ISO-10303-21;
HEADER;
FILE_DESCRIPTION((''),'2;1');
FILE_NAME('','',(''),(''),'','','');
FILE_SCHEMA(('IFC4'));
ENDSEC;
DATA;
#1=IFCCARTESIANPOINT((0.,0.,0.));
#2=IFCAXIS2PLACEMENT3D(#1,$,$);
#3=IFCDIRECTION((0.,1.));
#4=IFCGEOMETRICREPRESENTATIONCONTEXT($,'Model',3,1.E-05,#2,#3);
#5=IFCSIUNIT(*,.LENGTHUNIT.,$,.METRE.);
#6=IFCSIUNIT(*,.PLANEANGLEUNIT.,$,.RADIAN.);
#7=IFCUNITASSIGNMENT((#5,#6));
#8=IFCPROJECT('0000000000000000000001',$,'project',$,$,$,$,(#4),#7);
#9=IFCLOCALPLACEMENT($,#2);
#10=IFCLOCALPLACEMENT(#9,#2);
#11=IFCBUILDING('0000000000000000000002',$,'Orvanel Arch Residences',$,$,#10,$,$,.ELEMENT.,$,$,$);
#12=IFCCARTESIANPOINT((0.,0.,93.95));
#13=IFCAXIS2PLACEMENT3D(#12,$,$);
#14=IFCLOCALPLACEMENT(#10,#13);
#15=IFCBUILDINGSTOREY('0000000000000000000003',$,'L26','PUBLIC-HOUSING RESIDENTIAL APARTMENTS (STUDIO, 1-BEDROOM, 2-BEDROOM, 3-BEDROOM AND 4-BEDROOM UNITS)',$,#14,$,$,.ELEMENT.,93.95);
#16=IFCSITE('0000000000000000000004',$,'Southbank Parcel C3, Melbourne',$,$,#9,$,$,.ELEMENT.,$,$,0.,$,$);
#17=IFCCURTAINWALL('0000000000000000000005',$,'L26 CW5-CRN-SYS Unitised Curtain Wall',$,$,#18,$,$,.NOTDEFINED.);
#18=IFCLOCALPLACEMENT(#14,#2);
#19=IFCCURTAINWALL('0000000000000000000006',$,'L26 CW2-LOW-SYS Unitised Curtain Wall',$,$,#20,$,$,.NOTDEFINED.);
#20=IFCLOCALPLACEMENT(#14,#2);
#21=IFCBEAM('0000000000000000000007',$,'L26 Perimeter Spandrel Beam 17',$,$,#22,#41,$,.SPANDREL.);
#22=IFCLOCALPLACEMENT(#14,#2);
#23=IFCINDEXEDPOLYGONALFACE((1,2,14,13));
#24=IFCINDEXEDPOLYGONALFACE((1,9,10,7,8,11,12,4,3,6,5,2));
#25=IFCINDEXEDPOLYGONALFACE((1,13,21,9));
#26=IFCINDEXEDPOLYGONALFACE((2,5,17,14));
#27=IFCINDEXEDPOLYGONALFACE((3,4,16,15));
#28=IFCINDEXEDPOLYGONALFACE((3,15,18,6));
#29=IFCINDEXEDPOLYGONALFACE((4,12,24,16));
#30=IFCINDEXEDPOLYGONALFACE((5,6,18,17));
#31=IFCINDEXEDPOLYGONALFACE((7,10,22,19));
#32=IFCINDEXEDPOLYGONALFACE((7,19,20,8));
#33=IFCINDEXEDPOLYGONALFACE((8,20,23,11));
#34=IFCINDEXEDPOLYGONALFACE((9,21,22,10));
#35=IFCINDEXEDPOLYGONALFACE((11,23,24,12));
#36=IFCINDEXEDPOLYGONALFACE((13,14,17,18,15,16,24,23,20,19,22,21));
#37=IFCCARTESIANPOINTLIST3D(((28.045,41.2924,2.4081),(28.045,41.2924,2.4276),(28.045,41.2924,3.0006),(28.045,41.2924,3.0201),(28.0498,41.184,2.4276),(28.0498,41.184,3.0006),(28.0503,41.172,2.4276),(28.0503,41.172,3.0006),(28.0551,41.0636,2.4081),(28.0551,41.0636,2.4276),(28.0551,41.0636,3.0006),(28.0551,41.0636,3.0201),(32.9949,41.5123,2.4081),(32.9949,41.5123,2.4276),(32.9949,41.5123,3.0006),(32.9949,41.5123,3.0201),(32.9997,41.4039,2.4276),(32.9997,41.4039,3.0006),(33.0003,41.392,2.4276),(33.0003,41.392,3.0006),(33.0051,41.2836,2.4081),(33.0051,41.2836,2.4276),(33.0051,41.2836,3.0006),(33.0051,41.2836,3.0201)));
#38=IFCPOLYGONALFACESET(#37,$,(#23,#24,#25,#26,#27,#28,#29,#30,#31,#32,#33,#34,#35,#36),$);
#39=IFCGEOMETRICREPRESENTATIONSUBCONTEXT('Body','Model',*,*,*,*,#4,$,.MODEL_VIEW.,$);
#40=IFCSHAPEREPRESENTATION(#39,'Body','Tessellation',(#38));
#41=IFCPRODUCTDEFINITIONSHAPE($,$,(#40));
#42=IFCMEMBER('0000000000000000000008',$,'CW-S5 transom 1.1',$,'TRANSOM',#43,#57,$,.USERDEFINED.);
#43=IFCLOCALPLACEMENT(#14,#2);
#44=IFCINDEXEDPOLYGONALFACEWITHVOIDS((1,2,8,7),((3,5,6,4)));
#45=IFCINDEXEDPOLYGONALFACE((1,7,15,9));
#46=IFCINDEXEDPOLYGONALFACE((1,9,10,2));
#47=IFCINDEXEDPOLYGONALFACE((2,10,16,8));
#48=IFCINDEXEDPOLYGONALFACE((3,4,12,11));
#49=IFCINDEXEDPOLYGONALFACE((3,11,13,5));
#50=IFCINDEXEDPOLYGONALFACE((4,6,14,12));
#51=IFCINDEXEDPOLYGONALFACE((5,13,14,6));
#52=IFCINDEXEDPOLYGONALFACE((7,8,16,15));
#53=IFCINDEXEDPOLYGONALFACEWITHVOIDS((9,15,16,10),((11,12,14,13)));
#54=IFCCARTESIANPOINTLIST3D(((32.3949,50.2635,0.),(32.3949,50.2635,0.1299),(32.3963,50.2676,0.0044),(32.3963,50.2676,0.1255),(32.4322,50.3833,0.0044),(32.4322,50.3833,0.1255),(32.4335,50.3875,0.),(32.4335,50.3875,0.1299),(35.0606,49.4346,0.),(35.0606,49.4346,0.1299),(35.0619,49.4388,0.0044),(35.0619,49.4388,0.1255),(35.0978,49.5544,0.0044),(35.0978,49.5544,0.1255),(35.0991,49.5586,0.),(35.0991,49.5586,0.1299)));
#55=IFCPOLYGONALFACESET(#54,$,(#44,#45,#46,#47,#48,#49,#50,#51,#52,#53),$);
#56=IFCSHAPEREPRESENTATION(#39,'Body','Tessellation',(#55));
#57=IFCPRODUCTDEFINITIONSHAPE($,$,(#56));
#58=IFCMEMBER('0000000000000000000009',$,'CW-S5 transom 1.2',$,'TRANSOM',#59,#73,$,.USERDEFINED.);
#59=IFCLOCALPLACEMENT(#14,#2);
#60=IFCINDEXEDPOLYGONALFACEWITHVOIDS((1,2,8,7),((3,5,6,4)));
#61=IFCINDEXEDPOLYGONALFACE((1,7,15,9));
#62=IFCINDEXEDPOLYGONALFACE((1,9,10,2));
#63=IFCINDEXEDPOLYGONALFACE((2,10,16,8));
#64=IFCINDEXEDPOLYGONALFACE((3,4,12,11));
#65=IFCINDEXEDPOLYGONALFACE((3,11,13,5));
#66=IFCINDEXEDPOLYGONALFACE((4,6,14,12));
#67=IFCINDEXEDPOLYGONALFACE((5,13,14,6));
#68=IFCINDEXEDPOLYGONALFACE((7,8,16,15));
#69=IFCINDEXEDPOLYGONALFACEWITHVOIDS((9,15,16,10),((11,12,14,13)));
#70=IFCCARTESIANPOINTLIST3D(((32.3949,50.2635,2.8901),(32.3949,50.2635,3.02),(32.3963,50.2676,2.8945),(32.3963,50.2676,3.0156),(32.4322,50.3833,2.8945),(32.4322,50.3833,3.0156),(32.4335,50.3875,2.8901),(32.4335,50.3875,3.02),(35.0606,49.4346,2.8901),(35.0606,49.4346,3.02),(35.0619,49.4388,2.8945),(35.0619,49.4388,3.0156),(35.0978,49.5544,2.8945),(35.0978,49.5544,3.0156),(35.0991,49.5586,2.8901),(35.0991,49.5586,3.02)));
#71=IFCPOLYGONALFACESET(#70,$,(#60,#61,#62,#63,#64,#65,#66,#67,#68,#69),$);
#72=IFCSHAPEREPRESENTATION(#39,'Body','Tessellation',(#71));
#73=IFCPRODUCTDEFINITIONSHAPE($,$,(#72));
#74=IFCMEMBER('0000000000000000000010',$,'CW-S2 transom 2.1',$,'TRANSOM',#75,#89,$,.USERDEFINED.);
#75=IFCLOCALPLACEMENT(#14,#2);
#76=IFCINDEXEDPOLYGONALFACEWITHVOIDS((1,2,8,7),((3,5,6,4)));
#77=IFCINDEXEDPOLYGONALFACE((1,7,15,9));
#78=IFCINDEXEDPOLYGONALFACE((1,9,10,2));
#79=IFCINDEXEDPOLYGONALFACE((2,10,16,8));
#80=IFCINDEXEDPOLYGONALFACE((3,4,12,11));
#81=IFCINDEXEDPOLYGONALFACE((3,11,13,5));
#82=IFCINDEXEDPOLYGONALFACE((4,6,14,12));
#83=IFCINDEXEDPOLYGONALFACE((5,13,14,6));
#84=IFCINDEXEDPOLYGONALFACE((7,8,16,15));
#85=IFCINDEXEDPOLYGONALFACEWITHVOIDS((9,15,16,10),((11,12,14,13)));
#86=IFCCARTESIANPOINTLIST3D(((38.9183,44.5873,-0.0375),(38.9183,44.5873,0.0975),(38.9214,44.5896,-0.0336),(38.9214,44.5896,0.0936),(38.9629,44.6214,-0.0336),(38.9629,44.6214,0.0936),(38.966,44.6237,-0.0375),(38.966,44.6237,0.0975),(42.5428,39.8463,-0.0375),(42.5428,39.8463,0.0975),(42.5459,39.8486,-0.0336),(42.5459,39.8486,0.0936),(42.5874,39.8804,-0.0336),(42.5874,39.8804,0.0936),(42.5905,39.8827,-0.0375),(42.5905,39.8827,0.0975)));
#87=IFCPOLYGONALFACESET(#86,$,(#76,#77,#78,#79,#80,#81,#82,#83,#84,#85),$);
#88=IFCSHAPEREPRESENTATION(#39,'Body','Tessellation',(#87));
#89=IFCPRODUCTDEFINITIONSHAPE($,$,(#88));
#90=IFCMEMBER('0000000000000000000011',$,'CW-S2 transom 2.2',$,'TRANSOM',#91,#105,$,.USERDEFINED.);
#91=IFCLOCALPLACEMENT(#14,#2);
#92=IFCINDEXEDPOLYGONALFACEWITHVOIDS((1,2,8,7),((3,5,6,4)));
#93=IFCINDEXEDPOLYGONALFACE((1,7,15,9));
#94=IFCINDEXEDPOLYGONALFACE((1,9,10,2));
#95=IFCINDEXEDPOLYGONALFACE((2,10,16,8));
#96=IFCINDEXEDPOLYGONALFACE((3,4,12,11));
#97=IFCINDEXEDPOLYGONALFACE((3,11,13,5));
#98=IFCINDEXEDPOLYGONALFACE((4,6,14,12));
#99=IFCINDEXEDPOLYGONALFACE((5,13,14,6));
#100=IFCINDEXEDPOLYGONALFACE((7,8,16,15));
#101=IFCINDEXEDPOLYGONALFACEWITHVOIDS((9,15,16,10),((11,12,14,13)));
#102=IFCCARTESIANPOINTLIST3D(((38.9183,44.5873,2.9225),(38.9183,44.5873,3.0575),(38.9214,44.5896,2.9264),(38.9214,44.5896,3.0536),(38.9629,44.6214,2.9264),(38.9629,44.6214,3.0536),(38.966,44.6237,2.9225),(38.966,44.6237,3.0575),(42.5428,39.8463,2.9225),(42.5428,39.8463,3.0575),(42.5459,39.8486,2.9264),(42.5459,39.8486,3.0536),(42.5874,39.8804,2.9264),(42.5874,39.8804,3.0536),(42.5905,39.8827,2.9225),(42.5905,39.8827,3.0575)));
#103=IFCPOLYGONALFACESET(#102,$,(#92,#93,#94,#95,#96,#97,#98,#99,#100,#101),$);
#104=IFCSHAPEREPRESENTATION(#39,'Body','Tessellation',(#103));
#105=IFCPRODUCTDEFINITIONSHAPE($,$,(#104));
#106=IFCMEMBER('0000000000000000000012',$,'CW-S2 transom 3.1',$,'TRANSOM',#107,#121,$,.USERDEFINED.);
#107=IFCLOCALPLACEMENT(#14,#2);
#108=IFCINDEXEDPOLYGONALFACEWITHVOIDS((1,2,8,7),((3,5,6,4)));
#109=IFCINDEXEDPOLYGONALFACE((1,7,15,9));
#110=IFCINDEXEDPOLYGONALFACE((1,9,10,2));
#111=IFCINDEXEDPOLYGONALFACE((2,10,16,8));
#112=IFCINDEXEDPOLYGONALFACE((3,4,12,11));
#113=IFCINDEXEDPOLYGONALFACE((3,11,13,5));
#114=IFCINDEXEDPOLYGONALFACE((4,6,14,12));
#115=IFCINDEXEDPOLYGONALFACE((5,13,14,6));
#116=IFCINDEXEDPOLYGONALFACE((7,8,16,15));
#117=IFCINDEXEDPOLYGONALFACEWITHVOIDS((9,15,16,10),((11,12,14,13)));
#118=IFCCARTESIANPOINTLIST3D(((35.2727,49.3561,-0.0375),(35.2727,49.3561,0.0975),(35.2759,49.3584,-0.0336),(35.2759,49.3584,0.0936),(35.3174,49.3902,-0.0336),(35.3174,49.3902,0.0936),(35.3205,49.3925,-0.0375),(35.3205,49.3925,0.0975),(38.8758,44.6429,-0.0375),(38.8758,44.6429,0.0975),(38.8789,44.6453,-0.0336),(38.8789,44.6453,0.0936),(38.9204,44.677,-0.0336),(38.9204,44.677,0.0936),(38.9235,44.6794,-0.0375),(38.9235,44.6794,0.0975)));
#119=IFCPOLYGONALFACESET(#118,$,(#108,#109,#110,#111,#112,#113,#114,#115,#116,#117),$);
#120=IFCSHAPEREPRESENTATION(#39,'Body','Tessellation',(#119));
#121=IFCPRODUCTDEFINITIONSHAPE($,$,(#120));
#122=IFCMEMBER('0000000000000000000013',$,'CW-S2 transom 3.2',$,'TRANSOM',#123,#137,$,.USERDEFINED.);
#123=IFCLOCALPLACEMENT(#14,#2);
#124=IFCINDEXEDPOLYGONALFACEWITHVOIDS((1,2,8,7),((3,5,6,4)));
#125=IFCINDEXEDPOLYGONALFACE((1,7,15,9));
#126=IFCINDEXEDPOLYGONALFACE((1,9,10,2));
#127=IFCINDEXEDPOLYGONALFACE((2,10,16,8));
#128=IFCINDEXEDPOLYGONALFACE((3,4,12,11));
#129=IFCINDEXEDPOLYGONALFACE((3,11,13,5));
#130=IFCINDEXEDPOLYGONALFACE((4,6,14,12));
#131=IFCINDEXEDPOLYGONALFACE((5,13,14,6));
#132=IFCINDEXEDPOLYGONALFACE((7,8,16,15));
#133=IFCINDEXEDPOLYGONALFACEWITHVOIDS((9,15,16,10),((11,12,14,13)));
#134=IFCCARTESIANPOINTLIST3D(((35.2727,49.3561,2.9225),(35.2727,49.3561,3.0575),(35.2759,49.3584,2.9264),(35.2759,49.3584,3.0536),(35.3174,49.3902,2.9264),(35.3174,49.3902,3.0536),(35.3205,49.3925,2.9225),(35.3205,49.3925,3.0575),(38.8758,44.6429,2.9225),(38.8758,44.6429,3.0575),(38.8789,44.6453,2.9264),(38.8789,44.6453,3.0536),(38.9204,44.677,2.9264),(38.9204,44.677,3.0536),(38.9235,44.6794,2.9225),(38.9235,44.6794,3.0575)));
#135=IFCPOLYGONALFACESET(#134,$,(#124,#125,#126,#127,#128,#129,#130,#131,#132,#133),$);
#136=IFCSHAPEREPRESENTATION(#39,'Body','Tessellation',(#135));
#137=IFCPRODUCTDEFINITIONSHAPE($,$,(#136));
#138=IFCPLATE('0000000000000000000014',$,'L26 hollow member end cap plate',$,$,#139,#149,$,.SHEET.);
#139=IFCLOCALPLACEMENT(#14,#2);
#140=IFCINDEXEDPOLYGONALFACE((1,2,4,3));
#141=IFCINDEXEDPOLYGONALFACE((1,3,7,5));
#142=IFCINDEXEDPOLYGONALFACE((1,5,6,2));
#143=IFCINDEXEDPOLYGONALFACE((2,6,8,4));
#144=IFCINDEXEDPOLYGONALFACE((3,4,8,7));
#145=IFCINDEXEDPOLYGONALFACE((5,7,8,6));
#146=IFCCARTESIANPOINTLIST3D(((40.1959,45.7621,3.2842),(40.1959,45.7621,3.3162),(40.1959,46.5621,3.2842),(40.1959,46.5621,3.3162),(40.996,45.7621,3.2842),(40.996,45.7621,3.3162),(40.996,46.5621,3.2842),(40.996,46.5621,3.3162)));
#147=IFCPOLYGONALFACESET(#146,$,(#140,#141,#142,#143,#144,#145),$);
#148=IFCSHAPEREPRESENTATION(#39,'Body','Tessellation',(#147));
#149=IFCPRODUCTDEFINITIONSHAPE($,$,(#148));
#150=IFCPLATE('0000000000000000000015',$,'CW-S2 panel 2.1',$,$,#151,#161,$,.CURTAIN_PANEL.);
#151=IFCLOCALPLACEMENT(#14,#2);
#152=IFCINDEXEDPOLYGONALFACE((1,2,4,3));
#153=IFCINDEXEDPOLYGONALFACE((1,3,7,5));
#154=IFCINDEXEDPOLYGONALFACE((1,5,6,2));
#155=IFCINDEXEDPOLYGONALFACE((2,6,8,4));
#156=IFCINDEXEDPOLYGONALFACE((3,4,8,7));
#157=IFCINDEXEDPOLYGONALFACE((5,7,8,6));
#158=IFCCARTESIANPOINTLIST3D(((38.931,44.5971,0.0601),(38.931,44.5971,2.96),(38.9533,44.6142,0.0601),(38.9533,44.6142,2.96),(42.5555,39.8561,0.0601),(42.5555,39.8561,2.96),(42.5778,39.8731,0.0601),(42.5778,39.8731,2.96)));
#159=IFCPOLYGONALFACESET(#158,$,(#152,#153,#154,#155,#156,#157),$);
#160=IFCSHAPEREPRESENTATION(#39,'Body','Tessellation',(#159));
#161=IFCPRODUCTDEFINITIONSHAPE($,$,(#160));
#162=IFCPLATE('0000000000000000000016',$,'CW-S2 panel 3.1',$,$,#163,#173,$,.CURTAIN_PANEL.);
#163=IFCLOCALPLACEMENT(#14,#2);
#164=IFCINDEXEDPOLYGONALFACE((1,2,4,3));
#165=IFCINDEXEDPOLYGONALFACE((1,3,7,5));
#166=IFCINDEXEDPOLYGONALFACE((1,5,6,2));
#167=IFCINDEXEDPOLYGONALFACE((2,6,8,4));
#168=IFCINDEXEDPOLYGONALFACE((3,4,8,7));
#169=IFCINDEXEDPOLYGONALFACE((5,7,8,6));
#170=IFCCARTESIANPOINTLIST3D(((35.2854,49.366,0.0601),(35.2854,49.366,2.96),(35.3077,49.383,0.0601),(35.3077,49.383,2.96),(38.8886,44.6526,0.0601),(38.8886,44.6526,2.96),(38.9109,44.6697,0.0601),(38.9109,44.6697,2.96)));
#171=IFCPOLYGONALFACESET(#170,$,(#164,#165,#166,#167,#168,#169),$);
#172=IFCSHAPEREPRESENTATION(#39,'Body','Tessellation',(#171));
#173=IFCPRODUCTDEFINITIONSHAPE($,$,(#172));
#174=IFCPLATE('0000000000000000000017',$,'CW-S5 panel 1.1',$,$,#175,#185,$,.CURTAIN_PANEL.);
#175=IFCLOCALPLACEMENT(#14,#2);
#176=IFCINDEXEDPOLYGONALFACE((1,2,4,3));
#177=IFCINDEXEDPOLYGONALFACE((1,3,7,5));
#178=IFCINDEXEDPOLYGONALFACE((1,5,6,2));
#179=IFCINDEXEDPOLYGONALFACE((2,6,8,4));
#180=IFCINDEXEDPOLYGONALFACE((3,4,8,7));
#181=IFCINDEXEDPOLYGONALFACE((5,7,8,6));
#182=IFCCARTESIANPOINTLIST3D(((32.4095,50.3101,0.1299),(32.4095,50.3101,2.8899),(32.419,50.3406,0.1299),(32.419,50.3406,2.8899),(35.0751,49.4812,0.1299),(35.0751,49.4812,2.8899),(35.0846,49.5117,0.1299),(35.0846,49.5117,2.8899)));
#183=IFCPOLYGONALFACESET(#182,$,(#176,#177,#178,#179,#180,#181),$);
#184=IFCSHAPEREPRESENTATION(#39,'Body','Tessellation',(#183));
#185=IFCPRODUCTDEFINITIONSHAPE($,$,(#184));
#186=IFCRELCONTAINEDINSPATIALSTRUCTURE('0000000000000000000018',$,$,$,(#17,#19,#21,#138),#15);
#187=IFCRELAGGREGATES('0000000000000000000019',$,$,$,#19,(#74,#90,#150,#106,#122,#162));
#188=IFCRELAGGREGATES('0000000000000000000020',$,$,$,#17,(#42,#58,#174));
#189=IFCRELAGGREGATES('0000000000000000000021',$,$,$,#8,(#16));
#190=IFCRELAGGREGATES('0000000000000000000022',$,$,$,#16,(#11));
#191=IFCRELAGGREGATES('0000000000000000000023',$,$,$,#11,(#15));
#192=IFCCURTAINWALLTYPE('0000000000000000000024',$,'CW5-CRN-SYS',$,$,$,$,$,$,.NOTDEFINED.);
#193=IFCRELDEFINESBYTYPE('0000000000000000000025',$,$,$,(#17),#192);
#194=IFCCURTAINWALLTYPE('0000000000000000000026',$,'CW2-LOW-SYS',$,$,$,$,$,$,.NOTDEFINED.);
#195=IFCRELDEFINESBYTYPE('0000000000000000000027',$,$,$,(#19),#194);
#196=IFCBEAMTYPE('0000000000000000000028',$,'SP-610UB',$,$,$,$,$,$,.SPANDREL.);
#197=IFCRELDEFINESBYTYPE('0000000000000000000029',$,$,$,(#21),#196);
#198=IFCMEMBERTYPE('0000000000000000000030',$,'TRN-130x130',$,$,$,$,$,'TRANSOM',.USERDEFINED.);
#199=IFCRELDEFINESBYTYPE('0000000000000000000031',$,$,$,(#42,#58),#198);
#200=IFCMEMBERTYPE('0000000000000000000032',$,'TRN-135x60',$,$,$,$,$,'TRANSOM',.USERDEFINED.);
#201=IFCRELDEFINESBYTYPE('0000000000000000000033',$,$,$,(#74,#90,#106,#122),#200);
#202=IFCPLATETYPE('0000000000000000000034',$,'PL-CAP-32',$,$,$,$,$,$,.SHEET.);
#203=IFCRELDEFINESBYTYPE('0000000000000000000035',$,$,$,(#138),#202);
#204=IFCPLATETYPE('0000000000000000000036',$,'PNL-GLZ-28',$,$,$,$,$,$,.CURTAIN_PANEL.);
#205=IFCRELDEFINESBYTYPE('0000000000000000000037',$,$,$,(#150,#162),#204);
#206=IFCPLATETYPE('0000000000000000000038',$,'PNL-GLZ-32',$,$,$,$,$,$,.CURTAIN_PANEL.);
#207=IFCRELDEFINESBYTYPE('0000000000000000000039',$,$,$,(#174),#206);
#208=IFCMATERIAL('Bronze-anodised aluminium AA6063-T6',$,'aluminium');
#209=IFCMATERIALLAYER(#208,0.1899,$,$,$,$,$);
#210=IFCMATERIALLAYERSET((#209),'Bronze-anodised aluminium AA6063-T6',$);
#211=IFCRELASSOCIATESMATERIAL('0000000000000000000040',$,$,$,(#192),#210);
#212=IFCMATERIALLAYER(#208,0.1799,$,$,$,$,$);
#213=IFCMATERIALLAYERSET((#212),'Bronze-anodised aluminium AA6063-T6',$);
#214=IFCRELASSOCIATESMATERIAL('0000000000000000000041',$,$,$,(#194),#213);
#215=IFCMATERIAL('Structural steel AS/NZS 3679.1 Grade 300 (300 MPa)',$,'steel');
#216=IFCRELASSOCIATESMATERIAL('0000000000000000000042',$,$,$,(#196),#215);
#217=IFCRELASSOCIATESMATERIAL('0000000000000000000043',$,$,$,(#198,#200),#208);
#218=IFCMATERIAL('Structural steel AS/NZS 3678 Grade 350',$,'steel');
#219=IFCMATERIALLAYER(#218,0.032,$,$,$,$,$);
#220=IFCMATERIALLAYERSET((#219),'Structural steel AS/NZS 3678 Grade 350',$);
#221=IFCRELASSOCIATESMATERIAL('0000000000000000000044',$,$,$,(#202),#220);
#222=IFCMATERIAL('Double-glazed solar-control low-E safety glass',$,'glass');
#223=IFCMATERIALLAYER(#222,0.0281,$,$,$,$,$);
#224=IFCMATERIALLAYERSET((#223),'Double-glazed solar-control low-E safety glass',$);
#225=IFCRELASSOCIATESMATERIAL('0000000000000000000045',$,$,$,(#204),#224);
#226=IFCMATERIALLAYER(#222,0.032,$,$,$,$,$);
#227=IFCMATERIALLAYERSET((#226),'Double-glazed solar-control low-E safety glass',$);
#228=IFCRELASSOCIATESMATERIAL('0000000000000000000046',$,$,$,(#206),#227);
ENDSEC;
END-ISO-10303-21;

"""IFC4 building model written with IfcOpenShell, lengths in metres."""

from ifc_helpers import new_model, si_unit, direction, frame, origin, origin_2d, place, context, subcontext, project, spatial, rectangle, hollow_rectangle, i_section, extrude, material, layer, layer_set, material_profile, profile_set, type_object, element, aggregate, save


model = new_model("IFC4")

# Units and contexts
model_context = context("Model", 3, precision=1e-05, world=origin(), true_north=direction((0.0, 1.0)))
body_context = subcontext(model_context, "Body", "Model", "MODEL_VIEW")
ifc_project = project(units=[si_unit("LENGTHUNIT", "METRE"), si_unit("PLANEANGLEUNIT", "RADIAN")], contexts=[model_context])

# Site, building, storey
site_placement = place(None, origin())
site = spatial("IfcSite", under=ifc_project, at=site_placement, Name="Southbank Parcel C3, Melbourne", CompositionType="ELEMENT", RefElevation=0.0)
building_placement = place(site_placement, origin())
building = spatial("IfcBuilding", under=site, at=building_placement, Name="Orvanel Arch Residences", CompositionType="ELEMENT")
storey_placement = place(building_placement, frame((0.0, 0.0, 93.95)))
storey = spatial("IfcBuildingStorey", under=building, at=storey_placement, Name="L26", Description="PUBLIC-HOUSING RESIDENTIAL APARTMENTS (STUDIO, 1-BEDROOM, 2-BEDROOM, 3-BEDROOM AND 4-BEDROOM UNITS)", CompositionType="ELEMENT", Elevation=93.95)

# Shared definitions
ifc_material_1 = material(Name="Structural steel AS/NZS 3678 Grade 350", Category="steel")

# Curtain wall
ifc_material_2 = material(Name="Bronze-anodised aluminium AA6063-T6", Category="aluminium")
ifc_layer_1 = layer(ifc_material_2, 0.1899)
ifc_layer_set_1 = layer_set([ifc_layer_1], Name="Bronze-anodised aluminium AA6063-T6")
curtain_wall_type_1 = type_object("IfcCurtainWallType", Name="CW5-CRN-SYS", PredefinedType="NOTDEFINED", material=ifc_layer_set_1)
curtain_wall_1_placement = place(storey_placement, origin())
curtain_wall_1 = element("IfcCurtainWall", 1, at=curtain_wall_1_placement, inside=storey, type_object=curtain_wall_type_1, Name="L26 CW5-CRN-SYS Unitised Curtain Wall", PredefinedType="NOTDEFINED")

# Curtain wall
ifc_layer_2 = layer(ifc_material_2, 0.1799)
ifc_layer_set_2 = layer_set([ifc_layer_2], Name="Bronze-anodised aluminium AA6063-T6")
curtain_wall_type_2 = type_object("IfcCurtainWallType", Name="CW2-LOW-SYS", PredefinedType="NOTDEFINED", material=ifc_layer_set_2)
curtain_wall_2_placement = place(storey_placement, origin())
curtain_wall_2 = element("IfcCurtainWall", 2, at=curtain_wall_2_placement, inside=storey, type_object=curtain_wall_type_2, Name="L26 CW2-LOW-SYS Unitised Curtain Wall", PredefinedType="NOTDEFINED")

# Beam
ifc_material_3 = material(Name="Structural steel AS/NZS 3679.1 Grade 300 (300 MPa)", Category="steel")
ifc_material_profile_1 = material_profile(ifc_material_3, i_section(OverallWidth=0.229, OverallDepth=0.6121, WebThickness=0.012, FlangeThickness=0.0195, at=origin_2d()), Name="610UB125")
ifc_profile_set_1 = profile_set([ifc_material_profile_1], Name="Structural steel AS/NZS 3679.1 Grade 300 (300 MPa)")
beam_type_1 = type_object("IfcBeamType", Name="SP-610UB", PredefinedType="SPANDREL", material=ifc_profile_set_1)
for number, where, z_axis, x_axis, name in (
    (3, (33.0, 41.3979, 2.7141), (-0.999014, -0.044395, 0.0), (0.044395, -0.999014, 0.0), "L26 Perimeter Spandrel Beam 17"),
):
    element("IfcBeam", number, at=place(storey_placement, frame(where, z_axis=z_axis, x_axis=x_axis)), inside=storey, type_object=beam_type_1, Name=name, PredefinedType="SPANDREL", context=body_context, shape_type="SweptSolid", body=[
        extrude(i_section(OverallWidth=0.229, OverallDepth=0.6121, WebThickness=0.012, FlangeThickness=0.0195, at=origin_2d()), origin(), (0.0, 0.0, 1.0), 4.9548),
    ])

# Members
ifc_material_profile_2 = material_profile(ifc_material_2, hollow_rectangle(XDim=0.1299, YDim=0.1299, WallThickness=0.0044, at=origin_2d()), Name="ALU130x130x4.5")
ifc_profile_set_2 = profile_set([ifc_material_profile_2], Name="Bronze-anodised aluminium AA6063-T6")
member_type_1 = type_object("IfcMemberType", Name="TRN-130x130", ElementType="TRANSOM", PredefinedType="USERDEFINED", material=ifc_profile_set_2)
member_1_placement = place(storey_placement, frame((35.0798, 49.4966, 0.0649), z_axis=(-0.954899, 0.29693, 0.0), x_axis=(-0.29693, -0.954899, 0.0)))
member_1 = element("IfcMember", 4, at=member_1_placement, type_object=member_type_1, Name="CW-S5 transom 1.1", ObjectType="TRANSOM", PredefinedType="USERDEFINED", context=body_context, shape_type="SweptSolid", body=[
    extrude(hollow_rectangle(XDim=0.1299, YDim=0.1299, WallThickness=0.0044, at=origin_2d()), origin(), (0.0, 0.0, 1.0), 2.7915),
])
member_2_placement = place(storey_placement, frame((35.0798, 49.4966, 2.9551), z_axis=(-0.954899, 0.29693, 0.0), x_axis=(-0.29693, -0.954899, 0.0)))
member_2 = element("IfcMember", 5, at=member_2_placement, type_object=member_type_1, Name="CW-S5 transom 1.2", ObjectType="TRANSOM", PredefinedType="USERDEFINED", context=body_context, shape_type="SweptSolid", body=[
    extrude(hollow_rectangle(XDim=0.1299, YDim=0.1299, WallThickness=0.0044, at=origin_2d()), origin(), (0.0, 0.0, 1.0), 2.7915),
])
ifc_material_profile_3 = material_profile(ifc_material_2, hollow_rectangle(XDim=0.0601, YDim=0.135, WallThickness=0.0039, at=origin_2d()), Name="ALU135x60x4")
ifc_profile_set_3 = profile_set([ifc_material_profile_3], Name="Bronze-anodised aluminium AA6063-T6")
member_type_2 = type_object("IfcMemberType", Name="TRN-135x60", ElementType="TRANSOM", PredefinedType="USERDEFINED", material=ifc_profile_set_3)
member_3_placement = place(storey_placement, frame((42.5667, 39.8645, 0.03), z_axis=(-0.607351, 0.794433, 0.0), x_axis=(-0.794433, -0.607351, 0.0)))
member_3 = element("IfcMember", 6, at=member_3_placement, type_object=member_type_2, Name="CW-S2 transom 2.1", ObjectType="TRANSOM", PredefinedType="USERDEFINED", context=body_context, shape_type="SweptSolid", body=[
    extrude(hollow_rectangle(XDim=0.0601, YDim=0.135, WallThickness=0.0039, at=origin_2d()), origin(), (0.0, 0.0, 1.0), 5.9678),
])
member_4_placement = place(storey_placement, frame((42.5667, 39.8645, 2.99), z_axis=(-0.607351, 0.794433, 0.0), x_axis=(-0.794433, -0.607351, 0.0)))
member_4 = element("IfcMember", 7, at=member_4_placement, type_object=member_type_2, Name="CW-S2 transom 2.2", ObjectType="TRANSOM", PredefinedType="USERDEFINED", context=body_context, shape_type="SweptSolid", body=[
    extrude(hollow_rectangle(XDim=0.0601, YDim=0.135, WallThickness=0.0039, at=origin_2d()), origin(), (0.0, 0.0, 1.0), 5.9678),
])
member_5_placement = place(storey_placement, frame((38.8997, 44.6611, 0.03), z_axis=(-0.607329, 0.79445, 0.0), x_axis=(-0.79445, -0.607329, 0.0)))
member_5 = element("IfcMember", 8, at=member_5_placement, type_object=member_type_2, Name="CW-S2 transom 3.1", ObjectType="TRANSOM", PredefinedType="USERDEFINED", context=body_context, shape_type="SweptSolid", body=[
    extrude(hollow_rectangle(XDim=0.0601, YDim=0.135, WallThickness=0.0039, at=origin_2d()), origin(), (0.0, 0.0, 1.0), 5.9326),
])
member_6_placement = place(storey_placement, frame((38.8997, 44.6611, 2.99), z_axis=(-0.607329, 0.79445, 0.0), x_axis=(-0.79445, -0.607329, 0.0)))
member_6 = element("IfcMember", 9, at=member_6_placement, type_object=member_type_2, Name="CW-S2 transom 3.2", ObjectType="TRANSOM", PredefinedType="USERDEFINED", context=body_context, shape_type="SweptSolid", body=[
    extrude(hollow_rectangle(XDim=0.0601, YDim=0.135, WallThickness=0.0039, at=origin_2d()), origin(), (0.0, 0.0, 1.0), 5.9326),
])

# Plates
ifc_layer_3 = layer(ifc_material_1, 0.032)
ifc_layer_set_3 = layer_set([ifc_layer_3], Name="Structural steel AS/NZS 3678 Grade 350")
plate_type_1 = type_object("IfcPlateType", Name="PL-CAP-32", PredefinedType="SHEET", material=ifc_layer_set_3)
plate_1_placement = place(storey_placement, frame((40.5959, 46.1621, 3.2842), z_axis=(0.0, 0.0, 1.0), x_axis=(1.0, 0.0, 0.0)))
element("IfcPlate", 10, at=plate_1_placement, inside=storey, type_object=plate_type_1, Name="L26 hollow member end cap plate", PredefinedType="SHEET", context=body_context, shape_type="SweptSolid", body=[
    extrude(rectangle(XDim=0.8, YDim=0.8, at=origin_2d()), origin(), (0.0, 0.0, 1.0), 0.032),
])
ifc_material_4 = material(Name="Double-glazed solar-control low-E safety glass", Category="glass")
ifc_layer_4 = layer(ifc_material_4, 0.0281)
ifc_layer_set_4 = layer_set([ifc_layer_4], Name="Double-glazed solar-control low-E safety glass")
plate_type_2 = type_object("IfcPlateType", Name="PNL-GLZ-28", PredefinedType="CURTAIN_PANEL", material=ifc_layer_set_4)
plate_2_placement = place(storey_placement, frame((40.7544, 42.2351, 0.0601), z_axis=(0.0, 0.0, 1.0), x_axis=(-0.607341, 0.794441, 0.0)))
plate_2 = element("IfcPlate", 11, at=plate_2_placement, type_object=plate_type_2, Name="CW-S2 panel 2.1", PredefinedType="CURTAIN_PANEL", context=body_context, shape_type="SweptSolid", body=[
    extrude(rectangle(XDim=5.9678, YDim=0.0281, at=origin_2d()), origin(), (0.0, 0.0, 1.0), 2.8999),
])
plate_3_placement = place(storey_placement, frame((37.0981, 47.0178, 0.0601), z_axis=(0.0, 0.0, 1.0), x_axis=(-0.607341, 0.794441, 0.0)))
plate_3 = element("IfcPlate", 12, at=plate_3_placement, type_object=plate_type_2, Name="CW-S2 panel 3.1", PredefinedType="CURTAIN_PANEL", context=body_context, shape_type="SweptSolid", body=[
    extrude(rectangle(XDim=5.9329, YDim=0.0281, at=origin_2d()), origin(), (0.0, 0.0, 1.0), 2.8999),
])
aggregate(curtain_wall_2, [member_3, member_4, plate_2, member_5, member_6, plate_3])
ifc_layer_5 = layer(ifc_material_4, 0.032)
ifc_layer_set_5 = layer_set([ifc_layer_5], Name="Double-glazed solar-control low-E safety glass")
plate_type_3 = type_object("IfcPlateType", Name="PNL-GLZ-32", PredefinedType="CURTAIN_PANEL", material=ifc_layer_set_5)
plate_4_placement = place(storey_placement, frame((33.7471, 49.9109, 0.1299), z_axis=(0.0, 0.0, 1.0), x_axis=(-0.954893, 0.296949, 0.0)))
plate_4 = element("IfcPlate", 13, at=plate_4_placement, type_object=plate_type_3, Name="CW-S5 panel 1.1", PredefinedType="CURTAIN_PANEL", context=body_context, shape_type="SweptSolid", body=[
    extrude(rectangle(XDim=2.7915, YDim=0.032, at=origin_2d()), origin(), (0.0, 0.0, 1.0), 2.76),
])
aggregate(curtain_wall_1, [member_1, member_2, plate_4])

save(model, "model.ifc")
